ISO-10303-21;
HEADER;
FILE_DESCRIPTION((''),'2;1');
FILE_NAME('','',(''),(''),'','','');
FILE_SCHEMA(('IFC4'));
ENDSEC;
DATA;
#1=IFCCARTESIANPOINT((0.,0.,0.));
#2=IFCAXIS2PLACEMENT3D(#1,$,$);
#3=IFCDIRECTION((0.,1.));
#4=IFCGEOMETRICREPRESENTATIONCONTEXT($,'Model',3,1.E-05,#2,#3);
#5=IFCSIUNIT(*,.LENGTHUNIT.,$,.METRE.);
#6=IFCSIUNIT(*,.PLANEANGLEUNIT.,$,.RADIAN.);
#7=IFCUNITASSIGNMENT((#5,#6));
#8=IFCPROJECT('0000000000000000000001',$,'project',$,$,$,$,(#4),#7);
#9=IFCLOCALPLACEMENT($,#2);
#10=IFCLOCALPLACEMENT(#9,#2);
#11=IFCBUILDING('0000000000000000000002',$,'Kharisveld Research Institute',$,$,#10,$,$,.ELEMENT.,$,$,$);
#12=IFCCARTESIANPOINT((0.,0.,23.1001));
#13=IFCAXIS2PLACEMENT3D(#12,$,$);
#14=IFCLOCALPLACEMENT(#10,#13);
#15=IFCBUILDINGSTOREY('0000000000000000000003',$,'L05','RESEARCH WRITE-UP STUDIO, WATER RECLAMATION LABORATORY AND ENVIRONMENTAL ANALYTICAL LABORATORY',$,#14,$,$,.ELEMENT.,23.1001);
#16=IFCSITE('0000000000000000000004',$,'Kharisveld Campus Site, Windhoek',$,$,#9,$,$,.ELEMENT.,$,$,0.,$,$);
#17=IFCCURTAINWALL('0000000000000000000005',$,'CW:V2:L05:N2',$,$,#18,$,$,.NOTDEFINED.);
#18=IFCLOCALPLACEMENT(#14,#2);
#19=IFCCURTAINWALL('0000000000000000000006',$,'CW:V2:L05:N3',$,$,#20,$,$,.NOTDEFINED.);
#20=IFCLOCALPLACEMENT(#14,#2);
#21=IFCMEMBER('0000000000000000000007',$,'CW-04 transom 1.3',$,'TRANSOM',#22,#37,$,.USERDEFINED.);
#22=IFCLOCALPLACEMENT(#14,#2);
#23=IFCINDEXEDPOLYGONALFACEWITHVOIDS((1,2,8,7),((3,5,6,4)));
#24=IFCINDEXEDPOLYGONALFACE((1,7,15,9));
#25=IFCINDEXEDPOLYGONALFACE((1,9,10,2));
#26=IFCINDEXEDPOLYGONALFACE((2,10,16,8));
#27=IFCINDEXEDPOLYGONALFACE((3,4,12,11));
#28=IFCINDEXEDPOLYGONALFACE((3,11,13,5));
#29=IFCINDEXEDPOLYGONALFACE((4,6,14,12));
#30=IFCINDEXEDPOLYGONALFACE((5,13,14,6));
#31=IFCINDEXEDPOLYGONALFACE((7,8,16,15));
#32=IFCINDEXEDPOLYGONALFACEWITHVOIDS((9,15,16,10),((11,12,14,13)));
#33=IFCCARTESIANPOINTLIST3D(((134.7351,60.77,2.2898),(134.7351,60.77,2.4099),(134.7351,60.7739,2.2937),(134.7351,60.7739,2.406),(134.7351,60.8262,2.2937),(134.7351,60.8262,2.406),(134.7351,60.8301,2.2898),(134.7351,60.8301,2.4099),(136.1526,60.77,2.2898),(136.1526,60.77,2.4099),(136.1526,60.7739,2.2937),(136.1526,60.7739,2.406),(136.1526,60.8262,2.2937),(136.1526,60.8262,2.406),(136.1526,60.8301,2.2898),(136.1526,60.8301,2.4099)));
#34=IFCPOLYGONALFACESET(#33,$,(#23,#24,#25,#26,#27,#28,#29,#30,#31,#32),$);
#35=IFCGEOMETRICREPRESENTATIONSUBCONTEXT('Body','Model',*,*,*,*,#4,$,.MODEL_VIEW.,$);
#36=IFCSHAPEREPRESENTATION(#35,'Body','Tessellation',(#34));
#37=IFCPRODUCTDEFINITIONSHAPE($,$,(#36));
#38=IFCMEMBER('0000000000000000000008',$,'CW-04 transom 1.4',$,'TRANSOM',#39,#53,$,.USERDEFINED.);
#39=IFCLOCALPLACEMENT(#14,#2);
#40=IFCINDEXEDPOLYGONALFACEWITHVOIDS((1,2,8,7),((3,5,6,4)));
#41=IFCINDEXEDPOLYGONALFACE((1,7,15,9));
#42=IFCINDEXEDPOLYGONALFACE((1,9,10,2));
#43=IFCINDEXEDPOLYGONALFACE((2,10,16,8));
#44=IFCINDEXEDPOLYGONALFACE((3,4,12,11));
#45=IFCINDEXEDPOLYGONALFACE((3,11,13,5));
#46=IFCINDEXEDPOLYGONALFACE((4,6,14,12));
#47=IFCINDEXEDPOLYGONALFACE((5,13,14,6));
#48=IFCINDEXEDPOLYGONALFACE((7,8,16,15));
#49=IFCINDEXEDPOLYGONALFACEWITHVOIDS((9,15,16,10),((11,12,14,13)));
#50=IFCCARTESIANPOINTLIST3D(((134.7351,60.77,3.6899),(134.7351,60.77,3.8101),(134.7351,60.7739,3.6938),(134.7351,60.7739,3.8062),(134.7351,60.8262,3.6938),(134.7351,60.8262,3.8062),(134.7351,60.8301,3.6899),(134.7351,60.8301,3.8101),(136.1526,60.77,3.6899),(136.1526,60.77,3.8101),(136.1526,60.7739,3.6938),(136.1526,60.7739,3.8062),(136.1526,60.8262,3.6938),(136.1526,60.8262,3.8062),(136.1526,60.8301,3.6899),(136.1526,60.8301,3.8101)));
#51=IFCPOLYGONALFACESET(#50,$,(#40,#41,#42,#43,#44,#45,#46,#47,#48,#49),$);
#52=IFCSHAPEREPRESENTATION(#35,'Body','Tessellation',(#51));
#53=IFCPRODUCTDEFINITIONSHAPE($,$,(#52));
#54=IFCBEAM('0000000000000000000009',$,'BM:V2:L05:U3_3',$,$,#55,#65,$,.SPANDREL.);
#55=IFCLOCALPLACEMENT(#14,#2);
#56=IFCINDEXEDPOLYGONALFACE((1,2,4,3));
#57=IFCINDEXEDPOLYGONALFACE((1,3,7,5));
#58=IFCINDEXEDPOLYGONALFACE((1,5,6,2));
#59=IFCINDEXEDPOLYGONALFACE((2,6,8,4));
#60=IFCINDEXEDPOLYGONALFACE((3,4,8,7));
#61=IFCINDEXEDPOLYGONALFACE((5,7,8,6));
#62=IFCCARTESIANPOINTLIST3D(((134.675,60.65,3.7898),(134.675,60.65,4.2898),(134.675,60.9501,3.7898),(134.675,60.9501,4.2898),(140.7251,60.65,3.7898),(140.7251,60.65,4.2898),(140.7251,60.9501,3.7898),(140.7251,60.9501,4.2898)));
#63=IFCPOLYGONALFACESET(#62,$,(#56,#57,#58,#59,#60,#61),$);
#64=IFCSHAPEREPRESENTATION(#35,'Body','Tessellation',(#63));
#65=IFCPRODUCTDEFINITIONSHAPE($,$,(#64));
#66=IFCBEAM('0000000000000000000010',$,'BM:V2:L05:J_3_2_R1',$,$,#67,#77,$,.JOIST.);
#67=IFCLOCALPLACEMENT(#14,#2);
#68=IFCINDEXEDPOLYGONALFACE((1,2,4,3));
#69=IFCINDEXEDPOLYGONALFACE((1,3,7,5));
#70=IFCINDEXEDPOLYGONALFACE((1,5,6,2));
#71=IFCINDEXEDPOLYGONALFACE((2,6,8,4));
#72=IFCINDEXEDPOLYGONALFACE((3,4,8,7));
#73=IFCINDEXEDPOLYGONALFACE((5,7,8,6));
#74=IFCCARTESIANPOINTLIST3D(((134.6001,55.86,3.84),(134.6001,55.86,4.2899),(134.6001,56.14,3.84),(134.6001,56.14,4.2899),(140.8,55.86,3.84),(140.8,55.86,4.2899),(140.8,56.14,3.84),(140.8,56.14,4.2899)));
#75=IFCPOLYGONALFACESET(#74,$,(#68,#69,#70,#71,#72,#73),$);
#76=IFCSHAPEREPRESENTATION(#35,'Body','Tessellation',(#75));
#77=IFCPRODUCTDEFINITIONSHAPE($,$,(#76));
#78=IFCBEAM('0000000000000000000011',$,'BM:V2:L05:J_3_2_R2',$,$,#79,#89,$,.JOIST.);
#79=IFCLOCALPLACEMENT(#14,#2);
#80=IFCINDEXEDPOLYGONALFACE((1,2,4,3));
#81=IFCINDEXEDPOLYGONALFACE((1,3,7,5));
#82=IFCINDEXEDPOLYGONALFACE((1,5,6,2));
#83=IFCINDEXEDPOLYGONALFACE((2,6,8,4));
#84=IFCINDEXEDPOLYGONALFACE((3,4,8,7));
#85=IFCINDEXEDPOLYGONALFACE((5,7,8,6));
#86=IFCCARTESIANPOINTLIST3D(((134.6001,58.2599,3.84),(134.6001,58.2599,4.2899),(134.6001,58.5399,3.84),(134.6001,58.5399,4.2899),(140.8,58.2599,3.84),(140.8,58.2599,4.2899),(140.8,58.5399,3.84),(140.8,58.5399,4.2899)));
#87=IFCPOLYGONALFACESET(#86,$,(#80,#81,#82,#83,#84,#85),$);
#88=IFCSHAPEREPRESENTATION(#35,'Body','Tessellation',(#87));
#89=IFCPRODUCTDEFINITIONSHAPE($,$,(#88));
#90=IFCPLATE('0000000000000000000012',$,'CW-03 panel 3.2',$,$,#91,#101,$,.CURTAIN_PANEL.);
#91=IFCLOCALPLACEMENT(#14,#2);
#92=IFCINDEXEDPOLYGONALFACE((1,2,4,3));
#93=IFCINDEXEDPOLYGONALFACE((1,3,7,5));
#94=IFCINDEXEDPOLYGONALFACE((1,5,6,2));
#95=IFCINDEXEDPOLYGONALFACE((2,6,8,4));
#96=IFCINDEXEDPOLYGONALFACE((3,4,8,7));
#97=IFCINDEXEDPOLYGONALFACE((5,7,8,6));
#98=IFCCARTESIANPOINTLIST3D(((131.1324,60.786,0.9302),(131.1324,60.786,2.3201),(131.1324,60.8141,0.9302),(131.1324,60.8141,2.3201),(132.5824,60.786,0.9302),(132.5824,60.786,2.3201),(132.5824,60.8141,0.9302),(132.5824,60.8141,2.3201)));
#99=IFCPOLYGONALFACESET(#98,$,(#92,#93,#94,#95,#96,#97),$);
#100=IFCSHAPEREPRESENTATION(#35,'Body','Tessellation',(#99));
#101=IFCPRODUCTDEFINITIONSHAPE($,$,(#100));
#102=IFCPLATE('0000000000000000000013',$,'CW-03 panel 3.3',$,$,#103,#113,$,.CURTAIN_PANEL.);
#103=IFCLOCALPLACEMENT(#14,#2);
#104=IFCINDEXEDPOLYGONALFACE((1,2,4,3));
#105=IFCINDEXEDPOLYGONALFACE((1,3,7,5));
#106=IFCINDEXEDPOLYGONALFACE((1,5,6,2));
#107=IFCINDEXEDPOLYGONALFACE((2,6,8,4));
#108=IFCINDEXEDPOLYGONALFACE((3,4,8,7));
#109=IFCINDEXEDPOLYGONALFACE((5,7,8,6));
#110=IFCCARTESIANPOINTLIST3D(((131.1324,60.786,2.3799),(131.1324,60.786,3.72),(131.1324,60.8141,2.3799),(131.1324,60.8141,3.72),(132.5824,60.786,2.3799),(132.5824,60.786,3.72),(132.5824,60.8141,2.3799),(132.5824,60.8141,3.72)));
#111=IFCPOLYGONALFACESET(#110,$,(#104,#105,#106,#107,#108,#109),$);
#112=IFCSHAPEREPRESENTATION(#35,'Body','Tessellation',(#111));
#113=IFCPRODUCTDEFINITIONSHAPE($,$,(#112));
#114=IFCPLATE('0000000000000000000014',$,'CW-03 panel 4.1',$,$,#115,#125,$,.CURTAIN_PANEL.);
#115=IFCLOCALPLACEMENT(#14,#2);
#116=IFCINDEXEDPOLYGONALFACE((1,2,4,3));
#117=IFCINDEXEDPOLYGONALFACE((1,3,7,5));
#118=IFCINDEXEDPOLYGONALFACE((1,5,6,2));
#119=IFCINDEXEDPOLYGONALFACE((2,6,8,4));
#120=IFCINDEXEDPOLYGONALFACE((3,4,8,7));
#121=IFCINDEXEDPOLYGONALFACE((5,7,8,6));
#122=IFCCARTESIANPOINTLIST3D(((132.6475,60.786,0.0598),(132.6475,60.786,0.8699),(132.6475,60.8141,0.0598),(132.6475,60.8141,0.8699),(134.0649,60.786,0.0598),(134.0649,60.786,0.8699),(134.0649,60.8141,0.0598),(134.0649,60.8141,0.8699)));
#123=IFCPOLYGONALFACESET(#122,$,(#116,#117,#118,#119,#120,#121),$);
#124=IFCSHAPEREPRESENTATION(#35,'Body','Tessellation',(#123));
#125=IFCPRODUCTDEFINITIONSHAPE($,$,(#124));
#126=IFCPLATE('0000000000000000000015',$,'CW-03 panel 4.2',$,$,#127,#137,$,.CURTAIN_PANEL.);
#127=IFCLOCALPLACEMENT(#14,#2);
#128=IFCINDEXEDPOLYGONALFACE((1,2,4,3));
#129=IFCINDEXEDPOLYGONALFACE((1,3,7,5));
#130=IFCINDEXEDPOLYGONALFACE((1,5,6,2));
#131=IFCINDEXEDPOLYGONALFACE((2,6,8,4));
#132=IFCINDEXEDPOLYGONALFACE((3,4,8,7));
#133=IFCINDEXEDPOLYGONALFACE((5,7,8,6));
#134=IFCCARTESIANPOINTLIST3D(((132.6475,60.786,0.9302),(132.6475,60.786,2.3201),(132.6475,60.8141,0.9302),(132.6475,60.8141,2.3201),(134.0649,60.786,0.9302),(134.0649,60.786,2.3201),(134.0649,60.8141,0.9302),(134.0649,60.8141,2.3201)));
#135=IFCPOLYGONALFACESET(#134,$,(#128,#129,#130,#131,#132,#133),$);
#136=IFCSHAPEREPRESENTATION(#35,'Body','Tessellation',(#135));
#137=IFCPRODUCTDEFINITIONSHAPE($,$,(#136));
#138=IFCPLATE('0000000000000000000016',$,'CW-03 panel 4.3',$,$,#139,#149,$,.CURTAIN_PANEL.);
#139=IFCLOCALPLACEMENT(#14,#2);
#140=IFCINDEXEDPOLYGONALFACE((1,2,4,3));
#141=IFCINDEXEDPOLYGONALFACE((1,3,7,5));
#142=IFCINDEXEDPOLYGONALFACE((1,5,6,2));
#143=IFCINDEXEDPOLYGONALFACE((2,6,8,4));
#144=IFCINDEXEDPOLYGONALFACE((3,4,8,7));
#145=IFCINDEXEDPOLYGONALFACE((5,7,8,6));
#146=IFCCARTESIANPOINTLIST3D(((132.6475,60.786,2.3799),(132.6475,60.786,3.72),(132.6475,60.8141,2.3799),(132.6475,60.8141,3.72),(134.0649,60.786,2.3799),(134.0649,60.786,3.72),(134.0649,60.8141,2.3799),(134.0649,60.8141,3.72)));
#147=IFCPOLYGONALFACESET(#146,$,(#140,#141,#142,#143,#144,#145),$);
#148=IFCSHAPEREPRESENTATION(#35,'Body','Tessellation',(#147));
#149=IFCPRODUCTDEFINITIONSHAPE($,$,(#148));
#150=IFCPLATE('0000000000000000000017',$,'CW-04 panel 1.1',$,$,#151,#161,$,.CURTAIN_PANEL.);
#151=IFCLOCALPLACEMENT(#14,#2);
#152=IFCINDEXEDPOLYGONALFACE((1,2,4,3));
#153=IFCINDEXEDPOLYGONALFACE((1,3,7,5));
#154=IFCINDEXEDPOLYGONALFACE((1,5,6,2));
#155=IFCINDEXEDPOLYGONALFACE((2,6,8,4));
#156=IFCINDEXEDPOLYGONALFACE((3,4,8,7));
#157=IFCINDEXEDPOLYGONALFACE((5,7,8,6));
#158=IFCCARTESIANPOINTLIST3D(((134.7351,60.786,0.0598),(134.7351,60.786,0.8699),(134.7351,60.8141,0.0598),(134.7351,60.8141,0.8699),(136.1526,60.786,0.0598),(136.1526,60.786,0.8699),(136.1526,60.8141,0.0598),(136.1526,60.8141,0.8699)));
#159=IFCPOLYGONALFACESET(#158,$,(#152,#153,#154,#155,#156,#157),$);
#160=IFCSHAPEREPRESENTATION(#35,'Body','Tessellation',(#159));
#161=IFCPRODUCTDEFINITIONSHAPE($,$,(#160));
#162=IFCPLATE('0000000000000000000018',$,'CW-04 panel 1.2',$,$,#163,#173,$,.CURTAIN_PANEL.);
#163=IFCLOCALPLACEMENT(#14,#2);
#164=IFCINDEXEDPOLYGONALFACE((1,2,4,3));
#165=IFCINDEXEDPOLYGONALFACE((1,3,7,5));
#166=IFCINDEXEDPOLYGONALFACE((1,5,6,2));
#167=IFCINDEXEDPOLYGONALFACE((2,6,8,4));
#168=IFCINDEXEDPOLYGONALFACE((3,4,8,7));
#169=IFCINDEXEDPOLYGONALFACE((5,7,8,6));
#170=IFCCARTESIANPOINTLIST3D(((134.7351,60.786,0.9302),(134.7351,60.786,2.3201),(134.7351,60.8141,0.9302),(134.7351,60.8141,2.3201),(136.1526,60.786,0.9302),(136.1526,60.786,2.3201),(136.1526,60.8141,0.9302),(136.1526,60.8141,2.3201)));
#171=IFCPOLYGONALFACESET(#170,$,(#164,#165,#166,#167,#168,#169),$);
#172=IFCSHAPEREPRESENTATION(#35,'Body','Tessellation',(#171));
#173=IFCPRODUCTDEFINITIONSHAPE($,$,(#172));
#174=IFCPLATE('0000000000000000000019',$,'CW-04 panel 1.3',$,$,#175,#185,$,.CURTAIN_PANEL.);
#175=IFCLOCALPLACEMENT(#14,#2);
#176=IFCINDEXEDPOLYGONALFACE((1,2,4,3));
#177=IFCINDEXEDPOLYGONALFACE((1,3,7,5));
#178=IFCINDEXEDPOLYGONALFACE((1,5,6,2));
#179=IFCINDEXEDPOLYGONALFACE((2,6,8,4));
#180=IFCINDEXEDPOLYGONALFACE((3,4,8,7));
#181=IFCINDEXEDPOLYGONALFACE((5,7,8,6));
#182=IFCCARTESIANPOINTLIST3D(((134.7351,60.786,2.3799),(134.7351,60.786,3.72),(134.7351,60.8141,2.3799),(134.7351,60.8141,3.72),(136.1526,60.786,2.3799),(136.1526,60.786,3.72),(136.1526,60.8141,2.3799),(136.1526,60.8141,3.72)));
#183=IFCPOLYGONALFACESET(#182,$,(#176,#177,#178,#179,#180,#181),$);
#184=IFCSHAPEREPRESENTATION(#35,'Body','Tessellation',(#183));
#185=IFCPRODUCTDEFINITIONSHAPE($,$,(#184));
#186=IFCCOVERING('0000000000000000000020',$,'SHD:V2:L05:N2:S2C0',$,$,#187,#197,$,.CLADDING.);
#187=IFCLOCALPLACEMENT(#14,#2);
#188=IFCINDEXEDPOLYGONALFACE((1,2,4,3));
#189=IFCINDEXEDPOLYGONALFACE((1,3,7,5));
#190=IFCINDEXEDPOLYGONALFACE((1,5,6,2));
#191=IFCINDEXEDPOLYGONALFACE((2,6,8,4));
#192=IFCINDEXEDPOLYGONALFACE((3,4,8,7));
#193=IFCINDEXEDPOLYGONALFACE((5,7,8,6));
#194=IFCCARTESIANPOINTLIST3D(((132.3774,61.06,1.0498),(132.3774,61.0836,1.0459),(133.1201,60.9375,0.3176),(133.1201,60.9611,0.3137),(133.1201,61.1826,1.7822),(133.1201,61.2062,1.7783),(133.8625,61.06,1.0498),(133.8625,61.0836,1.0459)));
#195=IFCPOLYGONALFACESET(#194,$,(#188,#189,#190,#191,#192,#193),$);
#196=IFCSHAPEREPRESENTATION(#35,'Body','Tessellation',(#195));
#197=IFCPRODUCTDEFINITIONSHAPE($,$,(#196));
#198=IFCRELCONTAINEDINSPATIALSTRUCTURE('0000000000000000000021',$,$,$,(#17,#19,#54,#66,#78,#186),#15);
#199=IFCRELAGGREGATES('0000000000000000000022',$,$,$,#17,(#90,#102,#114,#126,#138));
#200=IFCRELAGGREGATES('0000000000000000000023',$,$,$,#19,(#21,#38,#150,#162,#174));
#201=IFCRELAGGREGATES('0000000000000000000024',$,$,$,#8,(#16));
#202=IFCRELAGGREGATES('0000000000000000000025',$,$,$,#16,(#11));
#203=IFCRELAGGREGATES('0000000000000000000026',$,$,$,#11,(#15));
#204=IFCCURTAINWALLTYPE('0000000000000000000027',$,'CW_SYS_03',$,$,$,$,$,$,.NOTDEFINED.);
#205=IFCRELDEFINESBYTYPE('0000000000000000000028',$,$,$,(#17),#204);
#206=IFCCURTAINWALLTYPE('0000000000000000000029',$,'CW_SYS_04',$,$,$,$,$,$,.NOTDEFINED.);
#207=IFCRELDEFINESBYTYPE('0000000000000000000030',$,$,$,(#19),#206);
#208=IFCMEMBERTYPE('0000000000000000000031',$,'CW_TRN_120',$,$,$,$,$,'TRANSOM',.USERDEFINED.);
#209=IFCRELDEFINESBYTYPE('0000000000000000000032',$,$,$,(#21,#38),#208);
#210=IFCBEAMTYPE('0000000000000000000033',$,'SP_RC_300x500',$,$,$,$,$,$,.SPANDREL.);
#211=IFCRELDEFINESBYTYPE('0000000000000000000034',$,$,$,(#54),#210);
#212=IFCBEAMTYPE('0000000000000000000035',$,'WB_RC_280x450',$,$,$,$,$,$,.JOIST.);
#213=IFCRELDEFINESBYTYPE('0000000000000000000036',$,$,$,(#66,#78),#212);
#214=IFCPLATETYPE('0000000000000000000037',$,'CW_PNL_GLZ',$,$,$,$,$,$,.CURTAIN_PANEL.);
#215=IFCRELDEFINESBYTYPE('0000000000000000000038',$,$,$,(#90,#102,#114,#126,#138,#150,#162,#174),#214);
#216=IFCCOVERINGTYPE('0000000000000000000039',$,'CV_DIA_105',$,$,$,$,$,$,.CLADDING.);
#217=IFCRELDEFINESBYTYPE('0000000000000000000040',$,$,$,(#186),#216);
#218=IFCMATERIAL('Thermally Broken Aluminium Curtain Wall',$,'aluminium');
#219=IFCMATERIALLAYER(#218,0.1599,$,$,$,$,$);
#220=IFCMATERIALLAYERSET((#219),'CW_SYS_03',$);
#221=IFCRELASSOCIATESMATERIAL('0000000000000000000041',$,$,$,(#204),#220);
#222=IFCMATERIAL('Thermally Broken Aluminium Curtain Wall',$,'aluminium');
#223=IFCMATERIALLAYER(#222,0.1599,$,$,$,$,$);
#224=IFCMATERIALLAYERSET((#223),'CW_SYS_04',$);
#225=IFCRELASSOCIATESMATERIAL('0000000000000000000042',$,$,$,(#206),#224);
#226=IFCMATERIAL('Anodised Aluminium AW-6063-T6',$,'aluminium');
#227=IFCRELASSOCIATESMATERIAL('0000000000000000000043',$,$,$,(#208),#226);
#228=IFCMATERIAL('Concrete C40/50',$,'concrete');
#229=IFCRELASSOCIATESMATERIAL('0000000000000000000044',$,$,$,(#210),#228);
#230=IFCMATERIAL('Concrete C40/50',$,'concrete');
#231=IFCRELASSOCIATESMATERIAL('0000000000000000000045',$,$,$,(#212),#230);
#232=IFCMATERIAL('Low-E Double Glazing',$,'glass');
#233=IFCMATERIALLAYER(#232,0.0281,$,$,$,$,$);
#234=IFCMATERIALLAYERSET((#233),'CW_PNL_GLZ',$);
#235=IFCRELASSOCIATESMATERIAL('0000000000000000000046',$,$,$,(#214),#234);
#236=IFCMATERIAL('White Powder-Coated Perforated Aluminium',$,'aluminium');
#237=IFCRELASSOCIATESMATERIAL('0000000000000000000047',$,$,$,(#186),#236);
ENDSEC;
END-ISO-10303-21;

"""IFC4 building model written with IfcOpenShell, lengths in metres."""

from ifc_helpers import new_model, si_unit, direction, frame, origin, origin_2d, place, context, subcontext, project, spatial, polyline, rectangle, hollow_rectangle, outline, extrude, material, layer, layer_set, material_profile, profile_set, type_object, element, aggregate, save


model = new_model("IFC4")

# Units and contexts
model_context = context("Model", 3, precision=1e-05, world=origin(), true_north=direction((0.0, 1.0)))
body_context = subcontext(model_context, "Body", "Model", "MODEL_VIEW")
ifc_project = project(units=[si_unit("LENGTHUNIT", "METRE"), si_unit("PLANEANGLEUNIT", "RADIAN")], contexts=[model_context])

# Site, building, storey
site_placement = place(None, origin())
site = spatial("IfcSite", under=ifc_project, at=site_placement, Name="Kharisveld Campus Site, Windhoek", CompositionType="ELEMENT", RefElevation=0.0)
building_placement = place(site_placement, origin())
building = spatial("IfcBuilding", under=site, at=building_placement, Name="Kharisveld Research Institute", CompositionType="ELEMENT")
storey_placement = place(building_placement, frame((0.0, 0.0, 23.1001)))
storey = spatial("IfcBuildingStorey", under=building, at=storey_placement, Name="L05", Description="RESEARCH WRITE-UP STUDIO, WATER RECLAMATION LABORATORY AND ENVIRONMENTAL ANALYTICAL LABORATORY", CompositionType="ELEMENT", Elevation=23.1001)

# Curtain walls
ifc_material_1 = material(Name="Thermally Broken Aluminium Curtain Wall", Category="aluminium")
ifc_layer_1 = layer(ifc_material_1, 0.1599)
ifc_layer_set_1 = layer_set([ifc_layer_1], Name="CW_SYS_03")
curtain_wall_type_1 = type_object("IfcCurtainWallType", Name="CW_SYS_03", PredefinedType="NOTDEFINED", material=ifc_layer_set_1)
curtain_wall_1_placement = place(storey_placement, origin())
curtain_wall_1 = element("IfcCurtainWall", 1, at=curtain_wall_1_placement, inside=storey, type_object=curtain_wall_type_1, Name="CW:V2:L05:N2", PredefinedType="NOTDEFINED")
ifc_material_2 = material(Name="Thermally Broken Aluminium Curtain Wall", Category="aluminium")
ifc_layer_2 = layer(ifc_material_2, 0.1599)
ifc_layer_set_2 = layer_set([ifc_layer_2], Name="CW_SYS_04")
curtain_wall_type_2 = type_object("IfcCurtainWallType", Name="CW_SYS_04", PredefinedType="NOTDEFINED", material=ifc_layer_set_2)
curtain_wall_2_placement = place(storey_placement, origin())
curtain_wall_2 = element("IfcCurtainWall", 2, at=curtain_wall_2_placement, inside=storey, type_object=curtain_wall_type_2, Name="CW:V2:L05:N3", PredefinedType="NOTDEFINED")

# Members
ifc_material_3 = material(Name="Anodised Aluminium AW-6063-T6", Category="aluminium")
ifc_material_profile_1 = material_profile(ifc_material_3, hollow_rectangle(XDim=0.0601, YDim=0.1201, WallThickness=0.0039, at=origin_2d()))
ifc_profile_set_1 = profile_set([ifc_material_profile_1], Name="Anodised Aluminium AW-6063-T6")
member_type_1 = type_object("IfcMemberType", Name="CW_TRN_120", ElementType="TRANSOM", PredefinedType="USERDEFINED", material=ifc_profile_set_1)
member_1_placement = place(storey_placement, frame((134.7351, 60.8, 2.3499), z_axis=(1.0, 0.0, 0.0), x_axis=(0.0, 1.0, 0.0)))
member_1 = element("IfcMember", 3, at=member_1_placement, type_object=member_type_1, Name="CW-04 transom 1.3", ObjectType="TRANSOM", PredefinedType="USERDEFINED", context=body_context, shape_type="SweptSolid", body=[
    extrude(hollow_rectangle(XDim=0.0601, YDim=0.1201, WallThickness=0.0039, at=origin_2d()), origin(), (0.0, 0.0, 1.0), 1.4175),
])
member_2_placement = place(storey_placement, frame((134.7351, 60.8, 3.75), z_axis=(1.0, 0.0, 0.0), x_axis=(0.0, 1.0, 0.0)))
member_2 = element("IfcMember", 4, at=member_2_placement, type_object=member_type_1, Name="CW-04 transom 1.4", ObjectType="TRANSOM", PredefinedType="USERDEFINED", context=body_context, shape_type="SweptSolid", body=[
    extrude(hollow_rectangle(XDim=0.0601, YDim=0.1201, WallThickness=0.0039, at=origin_2d()), origin(), (0.0, 0.0, 1.0), 1.4175),
])

# Beams
ifc_material_4 = material(Name="Concrete C40/50", Category="concrete")
ifc_material_profile_2 = material_profile(ifc_material_4, rectangle(XDim=0.3, YDim=0.5, at=origin_2d()))
ifc_profile_set_2 = profile_set([ifc_material_profile_2], Name="Concrete C40/50")
beam_type_1 = type_object("IfcBeamType", Name="SP_RC_300x500", PredefinedType="SPANDREL", material=ifc_profile_set_2)
beam_placement = place(storey_placement, frame((134.675, 60.8, 4.0398), z_axis=(1.0, 0.0, 0.0), x_axis=(0.0, 1.0, 0.0)))
element("IfcBeam", 5, at=beam_placement, inside=storey, type_object=beam_type_1, Name="BM:V2:L05:U3_3", PredefinedType="SPANDREL", context=body_context, shape_type="SweptSolid", body=[
    extrude(rectangle(XDim=0.3, YDim=0.5, at=origin_2d()), origin(), (0.0, 0.0, 1.0), 6.05),
])
ifc_material_5 = material(Name="Concrete C40/50", Category="concrete")
ifc_material_profile_3 = material_profile(ifc_material_5, rectangle(XDim=0.28, YDim=0.45, at=origin_2d()))
ifc_profile_set_3 = profile_set([ifc_material_profile_3], Name="Concrete C40/50")
beam_type_2 = type_object("IfcBeamType", Name="WB_RC_280x450", PredefinedType="JOIST", material=ifc_profile_set_3)
for number, where, z_axis, x_axis, name in (
    (6, (134.6001, 56.0, 4.0649), (1.0, 0.0, 0.0), (0.0, 1.0, 0.0), "BM:V2:L05:J_3_2_R1"),
    (7, (134.6001, 58.3999, 4.0649), (1.0, 0.0, 0.0), (0.0, 1.0, 0.0), "BM:V2:L05:J_3_2_R2"),
):
    element("IfcBeam", number, at=place(storey_placement, frame(where, z_axis=z_axis, x_axis=x_axis)), inside=storey, type_object=beam_type_2, Name=name, PredefinedType="JOIST", context=body_context, shape_type="SweptSolid", body=[
        extrude(rectangle(XDim=0.28, YDim=0.45, at=origin_2d()), origin(), (0.0, 0.0, 1.0), 6.2),
    ])

# Plates
ifc_material_6 = material(Name="Low-E Double Glazing", Category="glass")
ifc_layer_3 = layer(ifc_material_6, 0.0281)
ifc_layer_set_3 = layer_set([ifc_layer_3], Name="CW_PNL_GLZ")
plate_type = type_object("IfcPlateType", Name="CW_PNL_GLZ", PredefinedType="CURTAIN_PANEL", material=ifc_layer_set_3)
plate_1_placement = place(storey_placement, frame((131.8574, 60.8, 0.9302), z_axis=(0.0, 0.0, 1.0), x_axis=(1.0, 0.0, 0.0)))
plate_1 = element("IfcPlate", 8, at=plate_1_placement, type_object=plate_type, Name="CW-03 panel 3.2", PredefinedType="CURTAIN_PANEL", context=body_context, shape_type="SweptSolid", body=[
    extrude(rectangle(XDim=1.45, YDim=0.0281, at=origin_2d()), origin(), (0.0, 0.0, 1.0), 1.3899),
])
plate_2_placement = place(storey_placement, frame((131.8574, 60.8, 2.3799), z_axis=(0.0, 0.0, 1.0), x_axis=(1.0, 0.0, 0.0)))
plate_2 = element("IfcPlate", 9, at=plate_2_placement, type_object=plate_type, Name="CW-03 panel 3.3", PredefinedType="CURTAIN_PANEL", context=body_context, shape_type="SweptSolid", body=[
    extrude(rectangle(XDim=1.45, YDim=0.0281, at=origin_2d()), origin(), (0.0, 0.0, 1.0), 1.3401),
])
plate_3_placement = place(storey_placement, frame((133.3562, 60.8, 0.0598), z_axis=(0.0, 0.0, 1.0), x_axis=(1.0, 0.0, 0.0)))
plate_3 = element("IfcPlate", 10, at=plate_3_placement, type_object=plate_type, Name="CW-03 panel 4.1", PredefinedType="CURTAIN_PANEL", context=body_context, shape_type="SweptSolid", body=[
    extrude(rectangle(XDim=1.4175, YDim=0.0281, at=origin_2d()), origin(), (0.0, 0.0, 1.0), 0.8101),
])
plate_4_placement = place(storey_placement, frame((133.3562, 60.8, 0.9302), z_axis=(0.0, 0.0, 1.0), x_axis=(1.0, 0.0, 0.0)))
plate_4 = element("IfcPlate", 11, at=plate_4_placement, type_object=plate_type, Name="CW-03 panel 4.2", PredefinedType="CURTAIN_PANEL", context=body_context, shape_type="SweptSolid", body=[
    extrude(rectangle(XDim=1.4175, YDim=0.0281, at=origin_2d()), origin(), (0.0, 0.0, 1.0), 1.3899),
])
plate_5_placement = place(storey_placement, frame((133.3562, 60.8, 2.3799), z_axis=(0.0, 0.0, 1.0), x_axis=(1.0, 0.0, 0.0)))
plate_5 = element("IfcPlate", 12, at=plate_5_placement, type_object=plate_type, Name="CW-03 panel 4.3", PredefinedType="CURTAIN_PANEL", context=body_context, shape_type="SweptSolid", body=[
    extrude(rectangle(XDim=1.4175, YDim=0.0281, at=origin_2d()), origin(), (0.0, 0.0, 1.0), 1.3401),
])
aggregate(curtain_wall_1, [plate_1, plate_2, plate_3, plate_4, plate_5])
plate_6_placement = place(storey_placement, frame((135.4438, 60.8, 0.0598), z_axis=(0.0, 0.0, 1.0), x_axis=(1.0, 0.0, 0.0)))
plate_6 = element("IfcPlate", 13, at=plate_6_placement, type_object=plate_type, Name="CW-04 panel 1.1", PredefinedType="CURTAIN_PANEL", context=body_context, shape_type="SweptSolid", body=[
    extrude(rectangle(XDim=1.4175, YDim=0.0281, at=origin_2d()), origin(), (0.0, 0.0, 1.0), 0.8101),
])
plate_7_placement = place(storey_placement, frame((135.4438, 60.8, 0.9302), z_axis=(0.0, 0.0, 1.0), x_axis=(1.0, 0.0, 0.0)))
plate_7 = element("IfcPlate", 14, at=plate_7_placement, type_object=plate_type, Name="CW-04 panel 1.2", PredefinedType="CURTAIN_PANEL", context=body_context, shape_type="SweptSolid", body=[
    extrude(rectangle(XDim=1.4175, YDim=0.0281, at=origin_2d()), origin(), (0.0, 0.0, 1.0), 1.3899),
])
plate_8_placement = place(storey_placement, frame((135.4438, 60.8, 2.3799), z_axis=(0.0, 0.0, 1.0), x_axis=(1.0, 0.0, 0.0)))
plate_8 = element("IfcPlate", 15, at=plate_8_placement, type_object=plate_type, Name="CW-04 panel 1.3", PredefinedType="CURTAIN_PANEL", context=body_context, shape_type="SweptSolid", body=[
    extrude(rectangle(XDim=1.4175, YDim=0.0281, at=origin_2d()), origin(), (0.0, 0.0, 1.0), 1.3401),
])
aggregate(curtain_wall_2, [member_1, member_2, plate_6, plate_7, plate_8])

# Covering
ifc_material_7 = material(Name="White Powder-Coated Perforated Aluminium", Category="aluminium")
covering_type = type_object("IfcCoveringType", Name="CV_DIA_105", PredefinedType="CLADDING")
covering_1_placement = place(storey_placement, frame((133.1201, 60.9375, 0.3176), z_axis=(0.0, -0.986283, 0.165065), x_axis=(0.707139, 0.116714, 0.697376)))
element("IfcCovering", 16, at=covering_1_placement, inside=storey, type_object=covering_type, material=ifc_material_7, Name="SHD:V2:L05:N2:S2C0", PredefinedType="CLADDING", context=body_context, shape_type="SweptSolid", body=[
    extrude(outline(polyline([(0.0, 0.0), (1.0499, 0.0), (1.05, 1.0501), (-0.0003, 1.0501), (0.0, 0.0)])), origin(), (0.0, 0.0, -1.0), 0.0239),
])

save(model, "model.ifc")
